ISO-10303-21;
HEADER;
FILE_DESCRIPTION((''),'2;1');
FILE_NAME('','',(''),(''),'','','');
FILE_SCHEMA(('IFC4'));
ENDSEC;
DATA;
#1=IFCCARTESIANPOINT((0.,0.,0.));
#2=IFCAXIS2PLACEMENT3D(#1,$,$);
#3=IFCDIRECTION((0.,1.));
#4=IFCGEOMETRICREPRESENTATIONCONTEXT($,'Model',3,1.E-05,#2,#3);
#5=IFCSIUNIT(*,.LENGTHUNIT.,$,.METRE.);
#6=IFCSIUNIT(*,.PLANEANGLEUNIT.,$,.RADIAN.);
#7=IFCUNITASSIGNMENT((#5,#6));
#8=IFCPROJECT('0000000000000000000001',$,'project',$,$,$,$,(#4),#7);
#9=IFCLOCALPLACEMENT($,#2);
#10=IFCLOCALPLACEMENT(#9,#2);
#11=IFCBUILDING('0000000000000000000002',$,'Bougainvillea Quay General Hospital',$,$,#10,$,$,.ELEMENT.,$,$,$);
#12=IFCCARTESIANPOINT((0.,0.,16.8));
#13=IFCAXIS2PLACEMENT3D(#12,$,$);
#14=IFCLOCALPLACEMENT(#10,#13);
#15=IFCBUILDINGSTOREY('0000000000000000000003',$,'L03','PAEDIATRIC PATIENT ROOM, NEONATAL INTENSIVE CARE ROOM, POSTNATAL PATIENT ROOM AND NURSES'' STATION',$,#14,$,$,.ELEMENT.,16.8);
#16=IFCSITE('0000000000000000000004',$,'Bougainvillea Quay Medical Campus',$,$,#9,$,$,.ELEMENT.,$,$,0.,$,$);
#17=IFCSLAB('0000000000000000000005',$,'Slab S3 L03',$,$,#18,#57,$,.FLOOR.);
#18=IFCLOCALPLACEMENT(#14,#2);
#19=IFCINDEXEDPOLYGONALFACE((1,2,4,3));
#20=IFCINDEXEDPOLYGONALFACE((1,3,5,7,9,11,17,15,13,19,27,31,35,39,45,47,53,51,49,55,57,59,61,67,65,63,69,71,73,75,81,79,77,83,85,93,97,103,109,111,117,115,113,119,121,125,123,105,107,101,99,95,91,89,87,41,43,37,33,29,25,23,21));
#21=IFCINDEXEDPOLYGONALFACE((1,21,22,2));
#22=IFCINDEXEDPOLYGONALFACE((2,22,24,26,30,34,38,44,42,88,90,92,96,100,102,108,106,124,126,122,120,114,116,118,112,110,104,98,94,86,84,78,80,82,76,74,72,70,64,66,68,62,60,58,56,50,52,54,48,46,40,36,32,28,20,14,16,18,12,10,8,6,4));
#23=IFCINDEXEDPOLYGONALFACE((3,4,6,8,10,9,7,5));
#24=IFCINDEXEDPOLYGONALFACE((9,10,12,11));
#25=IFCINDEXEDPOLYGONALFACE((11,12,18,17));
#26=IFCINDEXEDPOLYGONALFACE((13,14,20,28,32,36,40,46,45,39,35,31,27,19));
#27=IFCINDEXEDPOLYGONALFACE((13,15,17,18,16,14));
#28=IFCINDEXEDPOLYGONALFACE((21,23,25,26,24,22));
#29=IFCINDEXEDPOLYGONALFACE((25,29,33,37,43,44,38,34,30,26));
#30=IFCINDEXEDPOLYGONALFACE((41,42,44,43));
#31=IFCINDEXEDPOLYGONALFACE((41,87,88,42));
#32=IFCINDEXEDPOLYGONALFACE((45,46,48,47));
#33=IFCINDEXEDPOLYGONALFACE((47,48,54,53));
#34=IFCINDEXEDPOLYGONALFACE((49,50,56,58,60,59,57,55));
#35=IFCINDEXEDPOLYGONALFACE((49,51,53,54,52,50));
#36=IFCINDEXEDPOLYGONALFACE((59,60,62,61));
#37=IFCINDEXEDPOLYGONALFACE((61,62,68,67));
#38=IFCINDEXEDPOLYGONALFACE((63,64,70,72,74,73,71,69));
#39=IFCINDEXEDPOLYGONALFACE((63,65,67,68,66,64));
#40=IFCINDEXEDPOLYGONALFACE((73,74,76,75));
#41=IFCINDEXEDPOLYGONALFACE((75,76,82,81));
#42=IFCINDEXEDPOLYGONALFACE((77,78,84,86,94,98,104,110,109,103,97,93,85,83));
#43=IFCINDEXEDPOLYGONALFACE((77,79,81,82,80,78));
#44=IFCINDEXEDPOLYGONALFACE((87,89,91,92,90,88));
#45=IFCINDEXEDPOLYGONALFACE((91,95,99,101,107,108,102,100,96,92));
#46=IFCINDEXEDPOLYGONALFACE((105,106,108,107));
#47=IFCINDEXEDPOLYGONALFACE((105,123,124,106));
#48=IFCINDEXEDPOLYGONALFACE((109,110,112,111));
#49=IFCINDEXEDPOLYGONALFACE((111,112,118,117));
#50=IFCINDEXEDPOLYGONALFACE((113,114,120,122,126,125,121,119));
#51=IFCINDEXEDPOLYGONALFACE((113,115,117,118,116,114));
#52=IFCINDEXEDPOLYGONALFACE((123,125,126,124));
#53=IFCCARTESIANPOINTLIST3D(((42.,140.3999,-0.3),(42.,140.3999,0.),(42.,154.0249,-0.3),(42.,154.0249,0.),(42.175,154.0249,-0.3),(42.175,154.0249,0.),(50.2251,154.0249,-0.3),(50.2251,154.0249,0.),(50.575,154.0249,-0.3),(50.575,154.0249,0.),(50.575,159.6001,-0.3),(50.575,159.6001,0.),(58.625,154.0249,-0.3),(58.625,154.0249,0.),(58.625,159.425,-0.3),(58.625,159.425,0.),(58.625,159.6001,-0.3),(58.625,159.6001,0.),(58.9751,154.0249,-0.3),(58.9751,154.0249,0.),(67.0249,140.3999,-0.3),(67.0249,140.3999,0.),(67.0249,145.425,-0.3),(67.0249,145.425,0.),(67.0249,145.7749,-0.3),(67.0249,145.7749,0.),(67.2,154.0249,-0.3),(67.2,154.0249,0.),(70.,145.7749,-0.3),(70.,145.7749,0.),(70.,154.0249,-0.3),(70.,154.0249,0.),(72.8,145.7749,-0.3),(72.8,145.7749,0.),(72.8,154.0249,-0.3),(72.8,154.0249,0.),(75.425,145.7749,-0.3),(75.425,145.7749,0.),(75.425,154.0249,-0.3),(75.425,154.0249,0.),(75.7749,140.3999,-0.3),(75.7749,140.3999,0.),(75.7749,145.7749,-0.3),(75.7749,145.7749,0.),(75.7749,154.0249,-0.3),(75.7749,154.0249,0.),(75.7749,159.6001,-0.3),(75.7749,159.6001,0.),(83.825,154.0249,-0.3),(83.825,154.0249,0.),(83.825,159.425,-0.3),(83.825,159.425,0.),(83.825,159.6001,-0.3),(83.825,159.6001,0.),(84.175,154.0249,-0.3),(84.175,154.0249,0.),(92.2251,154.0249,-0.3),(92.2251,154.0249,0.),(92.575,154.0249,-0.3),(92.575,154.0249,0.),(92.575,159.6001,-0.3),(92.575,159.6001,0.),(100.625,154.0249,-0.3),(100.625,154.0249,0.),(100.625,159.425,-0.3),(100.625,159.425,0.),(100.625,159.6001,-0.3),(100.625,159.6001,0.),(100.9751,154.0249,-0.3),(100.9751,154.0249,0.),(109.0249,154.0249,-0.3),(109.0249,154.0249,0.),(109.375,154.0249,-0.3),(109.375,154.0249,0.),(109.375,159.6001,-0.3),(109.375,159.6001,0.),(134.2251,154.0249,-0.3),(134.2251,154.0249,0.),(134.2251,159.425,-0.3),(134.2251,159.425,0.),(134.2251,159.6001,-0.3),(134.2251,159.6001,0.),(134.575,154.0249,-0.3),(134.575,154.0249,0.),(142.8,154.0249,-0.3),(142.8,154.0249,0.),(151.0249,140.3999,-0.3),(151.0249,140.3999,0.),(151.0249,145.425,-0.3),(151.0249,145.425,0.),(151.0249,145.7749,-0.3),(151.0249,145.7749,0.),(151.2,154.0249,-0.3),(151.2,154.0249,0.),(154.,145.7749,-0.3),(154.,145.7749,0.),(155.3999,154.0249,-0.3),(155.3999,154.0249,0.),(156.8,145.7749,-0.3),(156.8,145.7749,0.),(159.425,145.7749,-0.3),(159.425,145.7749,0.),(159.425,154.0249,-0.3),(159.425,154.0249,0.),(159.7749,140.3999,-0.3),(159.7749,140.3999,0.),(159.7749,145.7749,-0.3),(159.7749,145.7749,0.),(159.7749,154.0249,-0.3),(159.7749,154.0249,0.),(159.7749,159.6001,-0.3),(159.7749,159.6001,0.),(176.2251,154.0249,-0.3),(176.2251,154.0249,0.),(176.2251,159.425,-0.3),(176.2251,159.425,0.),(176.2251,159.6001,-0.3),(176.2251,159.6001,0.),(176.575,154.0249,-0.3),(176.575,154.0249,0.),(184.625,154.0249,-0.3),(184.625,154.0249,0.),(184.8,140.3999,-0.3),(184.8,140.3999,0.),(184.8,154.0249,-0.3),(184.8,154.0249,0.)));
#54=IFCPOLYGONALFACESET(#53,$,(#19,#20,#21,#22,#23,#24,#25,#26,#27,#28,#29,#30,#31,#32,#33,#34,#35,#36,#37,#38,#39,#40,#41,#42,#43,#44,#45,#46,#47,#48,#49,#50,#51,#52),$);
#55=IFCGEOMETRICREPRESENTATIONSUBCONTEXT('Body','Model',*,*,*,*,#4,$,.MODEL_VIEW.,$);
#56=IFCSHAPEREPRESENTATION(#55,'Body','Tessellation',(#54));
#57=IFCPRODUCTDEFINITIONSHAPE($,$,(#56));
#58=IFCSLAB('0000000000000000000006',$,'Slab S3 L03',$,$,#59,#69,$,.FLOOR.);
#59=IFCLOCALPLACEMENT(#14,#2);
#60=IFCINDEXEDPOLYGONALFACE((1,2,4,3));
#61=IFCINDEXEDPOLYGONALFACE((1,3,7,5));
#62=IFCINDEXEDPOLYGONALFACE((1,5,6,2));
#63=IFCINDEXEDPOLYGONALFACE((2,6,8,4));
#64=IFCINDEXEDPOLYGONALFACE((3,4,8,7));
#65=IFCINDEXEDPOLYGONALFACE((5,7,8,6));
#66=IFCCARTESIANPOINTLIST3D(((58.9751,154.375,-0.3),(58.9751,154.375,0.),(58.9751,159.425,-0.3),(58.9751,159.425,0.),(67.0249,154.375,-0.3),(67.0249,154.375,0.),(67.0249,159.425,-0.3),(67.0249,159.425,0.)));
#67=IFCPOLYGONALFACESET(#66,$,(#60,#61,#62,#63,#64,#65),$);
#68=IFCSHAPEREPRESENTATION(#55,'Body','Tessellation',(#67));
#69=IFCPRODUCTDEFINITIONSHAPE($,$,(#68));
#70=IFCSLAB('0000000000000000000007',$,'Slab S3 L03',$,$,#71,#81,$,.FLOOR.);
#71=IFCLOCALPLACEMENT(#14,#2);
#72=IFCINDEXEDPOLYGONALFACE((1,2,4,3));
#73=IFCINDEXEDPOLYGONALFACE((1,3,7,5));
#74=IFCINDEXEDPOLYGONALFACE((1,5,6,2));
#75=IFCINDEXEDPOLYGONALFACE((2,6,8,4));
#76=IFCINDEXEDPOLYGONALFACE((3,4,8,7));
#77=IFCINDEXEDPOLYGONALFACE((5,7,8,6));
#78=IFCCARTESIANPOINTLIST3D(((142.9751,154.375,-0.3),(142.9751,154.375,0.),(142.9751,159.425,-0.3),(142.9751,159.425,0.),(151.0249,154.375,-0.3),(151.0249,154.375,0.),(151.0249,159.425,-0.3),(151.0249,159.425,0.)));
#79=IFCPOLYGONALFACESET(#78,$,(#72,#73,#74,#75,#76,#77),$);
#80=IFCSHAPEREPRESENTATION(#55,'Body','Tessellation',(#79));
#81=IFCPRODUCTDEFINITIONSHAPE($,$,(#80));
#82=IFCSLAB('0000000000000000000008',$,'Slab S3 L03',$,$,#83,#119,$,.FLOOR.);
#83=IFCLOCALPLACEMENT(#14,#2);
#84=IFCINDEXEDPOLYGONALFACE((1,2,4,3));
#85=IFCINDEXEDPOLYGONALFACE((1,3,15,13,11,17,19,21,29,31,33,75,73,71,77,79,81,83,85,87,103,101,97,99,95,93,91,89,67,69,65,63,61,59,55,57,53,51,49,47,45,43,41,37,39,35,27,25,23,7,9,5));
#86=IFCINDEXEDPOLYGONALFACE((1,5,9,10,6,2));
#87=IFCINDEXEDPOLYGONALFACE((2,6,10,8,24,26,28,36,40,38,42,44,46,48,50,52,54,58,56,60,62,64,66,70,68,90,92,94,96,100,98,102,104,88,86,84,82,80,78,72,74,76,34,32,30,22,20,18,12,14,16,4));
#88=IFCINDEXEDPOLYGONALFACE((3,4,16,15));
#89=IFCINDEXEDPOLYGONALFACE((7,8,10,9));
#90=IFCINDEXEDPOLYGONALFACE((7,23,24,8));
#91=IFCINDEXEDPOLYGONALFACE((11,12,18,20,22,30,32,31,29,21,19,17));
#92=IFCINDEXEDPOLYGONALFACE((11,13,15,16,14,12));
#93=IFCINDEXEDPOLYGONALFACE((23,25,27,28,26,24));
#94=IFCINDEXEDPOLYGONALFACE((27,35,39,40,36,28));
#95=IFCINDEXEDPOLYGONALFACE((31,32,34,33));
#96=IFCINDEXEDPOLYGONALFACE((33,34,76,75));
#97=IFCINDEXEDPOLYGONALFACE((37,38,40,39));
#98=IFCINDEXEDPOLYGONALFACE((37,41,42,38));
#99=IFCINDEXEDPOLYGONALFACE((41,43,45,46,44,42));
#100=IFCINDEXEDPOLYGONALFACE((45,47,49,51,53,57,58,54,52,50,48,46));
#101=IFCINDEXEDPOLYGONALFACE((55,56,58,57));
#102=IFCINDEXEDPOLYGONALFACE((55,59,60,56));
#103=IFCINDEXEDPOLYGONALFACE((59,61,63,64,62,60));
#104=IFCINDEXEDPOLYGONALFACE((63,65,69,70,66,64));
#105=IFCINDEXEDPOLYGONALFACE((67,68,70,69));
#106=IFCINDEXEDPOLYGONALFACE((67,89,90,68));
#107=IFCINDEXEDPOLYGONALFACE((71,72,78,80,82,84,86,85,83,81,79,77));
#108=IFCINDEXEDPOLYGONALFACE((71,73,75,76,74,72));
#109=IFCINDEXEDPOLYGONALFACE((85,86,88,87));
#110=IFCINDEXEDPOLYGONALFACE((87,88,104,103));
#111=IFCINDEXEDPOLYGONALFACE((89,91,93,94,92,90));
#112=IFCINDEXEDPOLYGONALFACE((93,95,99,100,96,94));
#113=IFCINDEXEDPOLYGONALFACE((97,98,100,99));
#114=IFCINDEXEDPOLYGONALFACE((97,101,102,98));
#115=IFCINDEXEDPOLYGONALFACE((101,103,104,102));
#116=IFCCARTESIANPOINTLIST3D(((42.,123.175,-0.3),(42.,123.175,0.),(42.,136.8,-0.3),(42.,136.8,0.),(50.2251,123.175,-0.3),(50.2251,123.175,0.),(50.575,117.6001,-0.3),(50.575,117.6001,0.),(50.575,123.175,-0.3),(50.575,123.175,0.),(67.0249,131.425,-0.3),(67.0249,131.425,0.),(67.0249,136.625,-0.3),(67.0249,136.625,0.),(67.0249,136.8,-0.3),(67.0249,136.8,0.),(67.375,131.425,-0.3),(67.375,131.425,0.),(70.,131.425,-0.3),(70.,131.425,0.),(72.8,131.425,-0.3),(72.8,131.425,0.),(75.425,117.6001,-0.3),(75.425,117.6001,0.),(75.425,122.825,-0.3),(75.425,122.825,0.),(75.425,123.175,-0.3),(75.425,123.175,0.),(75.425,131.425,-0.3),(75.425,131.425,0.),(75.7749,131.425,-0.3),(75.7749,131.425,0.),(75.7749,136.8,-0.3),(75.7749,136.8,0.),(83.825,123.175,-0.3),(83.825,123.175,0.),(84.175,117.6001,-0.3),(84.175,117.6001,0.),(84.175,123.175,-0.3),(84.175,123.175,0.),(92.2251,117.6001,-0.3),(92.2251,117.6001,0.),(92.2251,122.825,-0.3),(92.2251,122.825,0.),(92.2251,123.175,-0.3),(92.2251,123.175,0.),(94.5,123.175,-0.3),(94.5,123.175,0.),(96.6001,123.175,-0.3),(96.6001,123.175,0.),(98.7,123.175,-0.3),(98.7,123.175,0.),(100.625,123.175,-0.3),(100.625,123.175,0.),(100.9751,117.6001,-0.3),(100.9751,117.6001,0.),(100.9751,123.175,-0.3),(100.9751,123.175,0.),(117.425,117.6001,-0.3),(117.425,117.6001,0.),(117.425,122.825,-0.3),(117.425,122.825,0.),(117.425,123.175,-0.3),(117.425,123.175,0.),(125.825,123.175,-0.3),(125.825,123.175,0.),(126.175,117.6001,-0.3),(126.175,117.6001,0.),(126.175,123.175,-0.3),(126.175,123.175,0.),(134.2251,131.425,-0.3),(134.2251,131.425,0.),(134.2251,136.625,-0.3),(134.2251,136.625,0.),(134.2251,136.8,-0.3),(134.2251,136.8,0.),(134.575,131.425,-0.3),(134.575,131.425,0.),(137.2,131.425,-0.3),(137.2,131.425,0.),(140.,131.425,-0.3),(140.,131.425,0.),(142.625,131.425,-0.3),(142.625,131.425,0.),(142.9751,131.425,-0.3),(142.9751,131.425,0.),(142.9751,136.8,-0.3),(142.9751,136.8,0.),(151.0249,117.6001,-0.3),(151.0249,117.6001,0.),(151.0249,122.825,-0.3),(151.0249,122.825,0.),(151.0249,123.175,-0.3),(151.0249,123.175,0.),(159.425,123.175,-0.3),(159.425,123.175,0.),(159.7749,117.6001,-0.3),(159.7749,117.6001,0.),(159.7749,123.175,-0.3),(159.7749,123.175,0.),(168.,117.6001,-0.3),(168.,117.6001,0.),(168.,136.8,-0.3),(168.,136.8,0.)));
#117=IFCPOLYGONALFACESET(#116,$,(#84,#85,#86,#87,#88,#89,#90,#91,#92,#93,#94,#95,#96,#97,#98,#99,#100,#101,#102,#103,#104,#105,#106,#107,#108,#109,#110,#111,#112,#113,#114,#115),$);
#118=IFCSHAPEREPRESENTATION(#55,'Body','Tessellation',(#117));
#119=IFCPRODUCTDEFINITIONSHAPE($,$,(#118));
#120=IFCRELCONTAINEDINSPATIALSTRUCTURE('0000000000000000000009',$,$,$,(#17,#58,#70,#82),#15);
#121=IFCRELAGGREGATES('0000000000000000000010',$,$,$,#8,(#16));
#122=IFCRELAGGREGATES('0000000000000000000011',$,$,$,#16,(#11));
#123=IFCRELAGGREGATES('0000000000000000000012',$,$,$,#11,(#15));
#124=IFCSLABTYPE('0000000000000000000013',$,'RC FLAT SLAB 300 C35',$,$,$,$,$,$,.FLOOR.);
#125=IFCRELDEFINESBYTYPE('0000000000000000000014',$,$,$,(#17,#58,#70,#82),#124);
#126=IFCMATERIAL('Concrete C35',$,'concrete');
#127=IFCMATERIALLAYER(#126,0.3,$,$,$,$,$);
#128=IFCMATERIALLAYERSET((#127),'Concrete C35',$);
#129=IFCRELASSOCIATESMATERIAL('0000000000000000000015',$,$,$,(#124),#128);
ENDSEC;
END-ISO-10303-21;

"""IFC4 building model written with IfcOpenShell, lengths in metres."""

from ifc_helpers import new_model, si_unit, direction, frame, origin, place, context, subcontext, project, spatial, polyline, outline, extrude, material, layer, layer_set, type_object, element, save


model = new_model("IFC4")

# Units and contexts
model_context = context("Model", 3, precision=1e-05, world=origin(), true_north=direction((0.0, 1.0)))
body_context = subcontext(model_context, "Body", "Model", "MODEL_VIEW")
ifc_project = project(units=[si_unit("LENGTHUNIT", "METRE"), si_unit("PLANEANGLEUNIT", "RADIAN")], contexts=[model_context])

# Site, building, storey
site_placement = place(None, origin())
site = spatial("IfcSite", under=ifc_project, at=site_placement, Name="Bougainvillea Quay Medical Campus", CompositionType="ELEMENT", RefElevation=0.0)
building_placement = place(site_placement, origin())
building = spatial("IfcBuilding", under=site, at=building_placement, Name="Bougainvillea Quay General Hospital", CompositionType="ELEMENT")
storey_placement = place(building_placement, frame((0.0, 0.0, 16.8)))
storey = spatial("IfcBuildingStorey", under=building, at=storey_placement, Name="L03", Description="PAEDIATRIC PATIENT ROOM, NEONATAL INTENSIVE CARE ROOM, POSTNATAL PATIENT ROOM AND NURSES' STATION", CompositionType="ELEMENT", Elevation=16.8)

# Slabs
ifc_material_1 = material(Name="Concrete C35", Category="concrete")
ifc_layer_1 = layer(ifc_material_1, 0.3)
ifc_layer_set_1 = layer_set([ifc_layer_1], Name="Concrete C35")
slab_type_1 = type_object("IfcSlabType", Name="RC FLAT SLAB 300 C35", PredefinedType="FLOOR", material=ifc_layer_set_1)
slab_1_placement = place(storey_placement, frame((0.0, 0.0, -0.3)))
element("IfcSlab", 1, at=slab_1_placement, inside=storey, type_object=slab_type_1, Name="Slab S3 L03", PredefinedType="FLOOR", context=body_context, shape_type="SweptSolid", body=[
    extrude(outline(polyline([(75.7749, 140.3999), (151.0249, 140.3999), (151.0249, 145.425), (151.0249, 145.7749), (154.0, 145.7749), (156.8, 145.7749), (159.425, 145.7749), (159.7749, 145.7749), (159.7749, 140.3999), (184.8, 140.3999), (184.8, 154.0249), (184.625, 154.0249), (176.575, 154.0249), (176.2251, 154.0249), (176.2251, 159.425), (176.2251, 159.6001), (159.7749, 159.6001), (159.7749, 154.0249), (159.425, 154.0249), (155.3999, 154.0249), (151.2, 154.0249), (142.8, 154.0249), (134.575, 154.0249), (134.2251, 154.0249), (134.2251, 159.425), (134.2251, 159.6001), (109.375, 159.6001), (109.375, 154.0249), (109.0249, 154.0249), (100.9751, 154.0249), (100.625, 154.0249), (100.625, 159.425), (100.625, 159.6001), (92.575, 159.6001), (92.575, 154.0249), (92.2251, 154.0249), (84.175, 154.0249), (83.825, 154.0249), (83.825, 159.425), (83.825, 159.6001), (75.7749, 159.6001), (75.7749, 154.0249), (75.425, 154.0249), (72.8, 154.0249), (70.0, 154.0249), (67.2, 154.0249), (58.9751, 154.0249), (58.625, 154.0249), (58.625, 159.425), (58.625, 159.6001), (50.575, 159.6001), (50.575, 154.0249), (50.2251, 154.0249), (42.175, 154.0249), (42.0, 154.0249), (42.0, 140.3999), (67.0249, 140.3999), (67.0249, 145.425), (67.0249, 145.7749), (70.0, 145.7749), (72.8, 145.7749), (75.425, 145.7749), (75.7749, 145.7749), (75.7749, 140.3999)])), origin(), (0.0, 0.0, 1.0), 0.3),
])
slab_2_placement = place(storey_placement, frame((0.0, 0.0, -0.3)))
element("IfcSlab", 2, at=slab_2_placement, inside=storey, type_object=slab_type_1, Name="Slab S3 L03", PredefinedType="FLOOR", context=body_context, shape_type="SweptSolid", body=[
    extrude(outline(polyline([(58.9751, 154.375), (67.0249, 154.375), (67.0249, 159.425), (58.9751, 159.425), (58.9751, 154.375)])), origin(), (0.0, 0.0, 1.0), 0.3),
])
slab_3_placement = place(storey_placement, frame((0.0, 0.0, -0.3)))
element("IfcSlab", 3, at=slab_3_placement, inside=storey, type_object=slab_type_1, Name="Slab S3 L03", PredefinedType="FLOOR", context=body_context, shape_type="SweptSolid", body=[
    extrude(outline(polyline([(151.0249, 154.375), (151.0249, 159.425), (142.9751, 159.425), (142.9751, 154.375), (151.0249, 154.375)])), origin(), (0.0, 0.0, 1.0), 0.3),
])
slab_4_placement = place(storey_placement, frame((0.0, 0.0, -0.3)))
element("IfcSlab", 4, at=slab_4_placement, inside=storey, type_object=slab_type_1, Name="Slab S3 L03", PredefinedType="FLOOR", context=body_context, shape_type="SweptSolid", body=[
    extrude(outline(polyline([(134.2251, 136.8), (75.7749, 136.8), (75.7749, 131.425), (75.425, 131.425), (72.8, 131.425), (70.0, 131.425), (67.375, 131.425), (67.0249, 131.425), (67.0249, 136.625), (67.0249, 136.8), (42.0, 136.8), (42.0, 123.175), (50.2251, 123.175), (50.575, 123.175), (50.575, 117.6001), (75.425, 117.6001), (75.425, 122.825), (75.425, 123.175), (83.825, 123.175), (84.175, 123.175), (84.175, 117.6001), (92.2251, 117.6001), (92.2251, 122.825), (92.2251, 123.175), (94.5, 123.175), (96.6001, 123.175), (98.7, 123.175), (100.625, 123.175), (100.9751, 123.175), (100.9751, 117.6001), (117.425, 117.6001), (117.425, 122.825), (117.425, 123.175), (125.825, 123.175), (126.175, 123.175), (126.175, 117.6001), (151.0249, 117.6001), (151.0249, 122.825), (151.0249, 123.175), (159.425, 123.175), (159.7749, 123.175), (159.7749, 117.6001), (168.0, 117.6001), (168.0, 136.8), (142.9751, 136.8), (142.9751, 131.425), (142.625, 131.425), (140.0, 131.425), (137.2, 131.425), (134.575, 131.425), (134.2251, 131.425), (134.2251, 136.625), (134.2251, 136.8)])), origin(), (0.0, 0.0, 1.0), 0.3),
])

save(model, "model.ifc")
